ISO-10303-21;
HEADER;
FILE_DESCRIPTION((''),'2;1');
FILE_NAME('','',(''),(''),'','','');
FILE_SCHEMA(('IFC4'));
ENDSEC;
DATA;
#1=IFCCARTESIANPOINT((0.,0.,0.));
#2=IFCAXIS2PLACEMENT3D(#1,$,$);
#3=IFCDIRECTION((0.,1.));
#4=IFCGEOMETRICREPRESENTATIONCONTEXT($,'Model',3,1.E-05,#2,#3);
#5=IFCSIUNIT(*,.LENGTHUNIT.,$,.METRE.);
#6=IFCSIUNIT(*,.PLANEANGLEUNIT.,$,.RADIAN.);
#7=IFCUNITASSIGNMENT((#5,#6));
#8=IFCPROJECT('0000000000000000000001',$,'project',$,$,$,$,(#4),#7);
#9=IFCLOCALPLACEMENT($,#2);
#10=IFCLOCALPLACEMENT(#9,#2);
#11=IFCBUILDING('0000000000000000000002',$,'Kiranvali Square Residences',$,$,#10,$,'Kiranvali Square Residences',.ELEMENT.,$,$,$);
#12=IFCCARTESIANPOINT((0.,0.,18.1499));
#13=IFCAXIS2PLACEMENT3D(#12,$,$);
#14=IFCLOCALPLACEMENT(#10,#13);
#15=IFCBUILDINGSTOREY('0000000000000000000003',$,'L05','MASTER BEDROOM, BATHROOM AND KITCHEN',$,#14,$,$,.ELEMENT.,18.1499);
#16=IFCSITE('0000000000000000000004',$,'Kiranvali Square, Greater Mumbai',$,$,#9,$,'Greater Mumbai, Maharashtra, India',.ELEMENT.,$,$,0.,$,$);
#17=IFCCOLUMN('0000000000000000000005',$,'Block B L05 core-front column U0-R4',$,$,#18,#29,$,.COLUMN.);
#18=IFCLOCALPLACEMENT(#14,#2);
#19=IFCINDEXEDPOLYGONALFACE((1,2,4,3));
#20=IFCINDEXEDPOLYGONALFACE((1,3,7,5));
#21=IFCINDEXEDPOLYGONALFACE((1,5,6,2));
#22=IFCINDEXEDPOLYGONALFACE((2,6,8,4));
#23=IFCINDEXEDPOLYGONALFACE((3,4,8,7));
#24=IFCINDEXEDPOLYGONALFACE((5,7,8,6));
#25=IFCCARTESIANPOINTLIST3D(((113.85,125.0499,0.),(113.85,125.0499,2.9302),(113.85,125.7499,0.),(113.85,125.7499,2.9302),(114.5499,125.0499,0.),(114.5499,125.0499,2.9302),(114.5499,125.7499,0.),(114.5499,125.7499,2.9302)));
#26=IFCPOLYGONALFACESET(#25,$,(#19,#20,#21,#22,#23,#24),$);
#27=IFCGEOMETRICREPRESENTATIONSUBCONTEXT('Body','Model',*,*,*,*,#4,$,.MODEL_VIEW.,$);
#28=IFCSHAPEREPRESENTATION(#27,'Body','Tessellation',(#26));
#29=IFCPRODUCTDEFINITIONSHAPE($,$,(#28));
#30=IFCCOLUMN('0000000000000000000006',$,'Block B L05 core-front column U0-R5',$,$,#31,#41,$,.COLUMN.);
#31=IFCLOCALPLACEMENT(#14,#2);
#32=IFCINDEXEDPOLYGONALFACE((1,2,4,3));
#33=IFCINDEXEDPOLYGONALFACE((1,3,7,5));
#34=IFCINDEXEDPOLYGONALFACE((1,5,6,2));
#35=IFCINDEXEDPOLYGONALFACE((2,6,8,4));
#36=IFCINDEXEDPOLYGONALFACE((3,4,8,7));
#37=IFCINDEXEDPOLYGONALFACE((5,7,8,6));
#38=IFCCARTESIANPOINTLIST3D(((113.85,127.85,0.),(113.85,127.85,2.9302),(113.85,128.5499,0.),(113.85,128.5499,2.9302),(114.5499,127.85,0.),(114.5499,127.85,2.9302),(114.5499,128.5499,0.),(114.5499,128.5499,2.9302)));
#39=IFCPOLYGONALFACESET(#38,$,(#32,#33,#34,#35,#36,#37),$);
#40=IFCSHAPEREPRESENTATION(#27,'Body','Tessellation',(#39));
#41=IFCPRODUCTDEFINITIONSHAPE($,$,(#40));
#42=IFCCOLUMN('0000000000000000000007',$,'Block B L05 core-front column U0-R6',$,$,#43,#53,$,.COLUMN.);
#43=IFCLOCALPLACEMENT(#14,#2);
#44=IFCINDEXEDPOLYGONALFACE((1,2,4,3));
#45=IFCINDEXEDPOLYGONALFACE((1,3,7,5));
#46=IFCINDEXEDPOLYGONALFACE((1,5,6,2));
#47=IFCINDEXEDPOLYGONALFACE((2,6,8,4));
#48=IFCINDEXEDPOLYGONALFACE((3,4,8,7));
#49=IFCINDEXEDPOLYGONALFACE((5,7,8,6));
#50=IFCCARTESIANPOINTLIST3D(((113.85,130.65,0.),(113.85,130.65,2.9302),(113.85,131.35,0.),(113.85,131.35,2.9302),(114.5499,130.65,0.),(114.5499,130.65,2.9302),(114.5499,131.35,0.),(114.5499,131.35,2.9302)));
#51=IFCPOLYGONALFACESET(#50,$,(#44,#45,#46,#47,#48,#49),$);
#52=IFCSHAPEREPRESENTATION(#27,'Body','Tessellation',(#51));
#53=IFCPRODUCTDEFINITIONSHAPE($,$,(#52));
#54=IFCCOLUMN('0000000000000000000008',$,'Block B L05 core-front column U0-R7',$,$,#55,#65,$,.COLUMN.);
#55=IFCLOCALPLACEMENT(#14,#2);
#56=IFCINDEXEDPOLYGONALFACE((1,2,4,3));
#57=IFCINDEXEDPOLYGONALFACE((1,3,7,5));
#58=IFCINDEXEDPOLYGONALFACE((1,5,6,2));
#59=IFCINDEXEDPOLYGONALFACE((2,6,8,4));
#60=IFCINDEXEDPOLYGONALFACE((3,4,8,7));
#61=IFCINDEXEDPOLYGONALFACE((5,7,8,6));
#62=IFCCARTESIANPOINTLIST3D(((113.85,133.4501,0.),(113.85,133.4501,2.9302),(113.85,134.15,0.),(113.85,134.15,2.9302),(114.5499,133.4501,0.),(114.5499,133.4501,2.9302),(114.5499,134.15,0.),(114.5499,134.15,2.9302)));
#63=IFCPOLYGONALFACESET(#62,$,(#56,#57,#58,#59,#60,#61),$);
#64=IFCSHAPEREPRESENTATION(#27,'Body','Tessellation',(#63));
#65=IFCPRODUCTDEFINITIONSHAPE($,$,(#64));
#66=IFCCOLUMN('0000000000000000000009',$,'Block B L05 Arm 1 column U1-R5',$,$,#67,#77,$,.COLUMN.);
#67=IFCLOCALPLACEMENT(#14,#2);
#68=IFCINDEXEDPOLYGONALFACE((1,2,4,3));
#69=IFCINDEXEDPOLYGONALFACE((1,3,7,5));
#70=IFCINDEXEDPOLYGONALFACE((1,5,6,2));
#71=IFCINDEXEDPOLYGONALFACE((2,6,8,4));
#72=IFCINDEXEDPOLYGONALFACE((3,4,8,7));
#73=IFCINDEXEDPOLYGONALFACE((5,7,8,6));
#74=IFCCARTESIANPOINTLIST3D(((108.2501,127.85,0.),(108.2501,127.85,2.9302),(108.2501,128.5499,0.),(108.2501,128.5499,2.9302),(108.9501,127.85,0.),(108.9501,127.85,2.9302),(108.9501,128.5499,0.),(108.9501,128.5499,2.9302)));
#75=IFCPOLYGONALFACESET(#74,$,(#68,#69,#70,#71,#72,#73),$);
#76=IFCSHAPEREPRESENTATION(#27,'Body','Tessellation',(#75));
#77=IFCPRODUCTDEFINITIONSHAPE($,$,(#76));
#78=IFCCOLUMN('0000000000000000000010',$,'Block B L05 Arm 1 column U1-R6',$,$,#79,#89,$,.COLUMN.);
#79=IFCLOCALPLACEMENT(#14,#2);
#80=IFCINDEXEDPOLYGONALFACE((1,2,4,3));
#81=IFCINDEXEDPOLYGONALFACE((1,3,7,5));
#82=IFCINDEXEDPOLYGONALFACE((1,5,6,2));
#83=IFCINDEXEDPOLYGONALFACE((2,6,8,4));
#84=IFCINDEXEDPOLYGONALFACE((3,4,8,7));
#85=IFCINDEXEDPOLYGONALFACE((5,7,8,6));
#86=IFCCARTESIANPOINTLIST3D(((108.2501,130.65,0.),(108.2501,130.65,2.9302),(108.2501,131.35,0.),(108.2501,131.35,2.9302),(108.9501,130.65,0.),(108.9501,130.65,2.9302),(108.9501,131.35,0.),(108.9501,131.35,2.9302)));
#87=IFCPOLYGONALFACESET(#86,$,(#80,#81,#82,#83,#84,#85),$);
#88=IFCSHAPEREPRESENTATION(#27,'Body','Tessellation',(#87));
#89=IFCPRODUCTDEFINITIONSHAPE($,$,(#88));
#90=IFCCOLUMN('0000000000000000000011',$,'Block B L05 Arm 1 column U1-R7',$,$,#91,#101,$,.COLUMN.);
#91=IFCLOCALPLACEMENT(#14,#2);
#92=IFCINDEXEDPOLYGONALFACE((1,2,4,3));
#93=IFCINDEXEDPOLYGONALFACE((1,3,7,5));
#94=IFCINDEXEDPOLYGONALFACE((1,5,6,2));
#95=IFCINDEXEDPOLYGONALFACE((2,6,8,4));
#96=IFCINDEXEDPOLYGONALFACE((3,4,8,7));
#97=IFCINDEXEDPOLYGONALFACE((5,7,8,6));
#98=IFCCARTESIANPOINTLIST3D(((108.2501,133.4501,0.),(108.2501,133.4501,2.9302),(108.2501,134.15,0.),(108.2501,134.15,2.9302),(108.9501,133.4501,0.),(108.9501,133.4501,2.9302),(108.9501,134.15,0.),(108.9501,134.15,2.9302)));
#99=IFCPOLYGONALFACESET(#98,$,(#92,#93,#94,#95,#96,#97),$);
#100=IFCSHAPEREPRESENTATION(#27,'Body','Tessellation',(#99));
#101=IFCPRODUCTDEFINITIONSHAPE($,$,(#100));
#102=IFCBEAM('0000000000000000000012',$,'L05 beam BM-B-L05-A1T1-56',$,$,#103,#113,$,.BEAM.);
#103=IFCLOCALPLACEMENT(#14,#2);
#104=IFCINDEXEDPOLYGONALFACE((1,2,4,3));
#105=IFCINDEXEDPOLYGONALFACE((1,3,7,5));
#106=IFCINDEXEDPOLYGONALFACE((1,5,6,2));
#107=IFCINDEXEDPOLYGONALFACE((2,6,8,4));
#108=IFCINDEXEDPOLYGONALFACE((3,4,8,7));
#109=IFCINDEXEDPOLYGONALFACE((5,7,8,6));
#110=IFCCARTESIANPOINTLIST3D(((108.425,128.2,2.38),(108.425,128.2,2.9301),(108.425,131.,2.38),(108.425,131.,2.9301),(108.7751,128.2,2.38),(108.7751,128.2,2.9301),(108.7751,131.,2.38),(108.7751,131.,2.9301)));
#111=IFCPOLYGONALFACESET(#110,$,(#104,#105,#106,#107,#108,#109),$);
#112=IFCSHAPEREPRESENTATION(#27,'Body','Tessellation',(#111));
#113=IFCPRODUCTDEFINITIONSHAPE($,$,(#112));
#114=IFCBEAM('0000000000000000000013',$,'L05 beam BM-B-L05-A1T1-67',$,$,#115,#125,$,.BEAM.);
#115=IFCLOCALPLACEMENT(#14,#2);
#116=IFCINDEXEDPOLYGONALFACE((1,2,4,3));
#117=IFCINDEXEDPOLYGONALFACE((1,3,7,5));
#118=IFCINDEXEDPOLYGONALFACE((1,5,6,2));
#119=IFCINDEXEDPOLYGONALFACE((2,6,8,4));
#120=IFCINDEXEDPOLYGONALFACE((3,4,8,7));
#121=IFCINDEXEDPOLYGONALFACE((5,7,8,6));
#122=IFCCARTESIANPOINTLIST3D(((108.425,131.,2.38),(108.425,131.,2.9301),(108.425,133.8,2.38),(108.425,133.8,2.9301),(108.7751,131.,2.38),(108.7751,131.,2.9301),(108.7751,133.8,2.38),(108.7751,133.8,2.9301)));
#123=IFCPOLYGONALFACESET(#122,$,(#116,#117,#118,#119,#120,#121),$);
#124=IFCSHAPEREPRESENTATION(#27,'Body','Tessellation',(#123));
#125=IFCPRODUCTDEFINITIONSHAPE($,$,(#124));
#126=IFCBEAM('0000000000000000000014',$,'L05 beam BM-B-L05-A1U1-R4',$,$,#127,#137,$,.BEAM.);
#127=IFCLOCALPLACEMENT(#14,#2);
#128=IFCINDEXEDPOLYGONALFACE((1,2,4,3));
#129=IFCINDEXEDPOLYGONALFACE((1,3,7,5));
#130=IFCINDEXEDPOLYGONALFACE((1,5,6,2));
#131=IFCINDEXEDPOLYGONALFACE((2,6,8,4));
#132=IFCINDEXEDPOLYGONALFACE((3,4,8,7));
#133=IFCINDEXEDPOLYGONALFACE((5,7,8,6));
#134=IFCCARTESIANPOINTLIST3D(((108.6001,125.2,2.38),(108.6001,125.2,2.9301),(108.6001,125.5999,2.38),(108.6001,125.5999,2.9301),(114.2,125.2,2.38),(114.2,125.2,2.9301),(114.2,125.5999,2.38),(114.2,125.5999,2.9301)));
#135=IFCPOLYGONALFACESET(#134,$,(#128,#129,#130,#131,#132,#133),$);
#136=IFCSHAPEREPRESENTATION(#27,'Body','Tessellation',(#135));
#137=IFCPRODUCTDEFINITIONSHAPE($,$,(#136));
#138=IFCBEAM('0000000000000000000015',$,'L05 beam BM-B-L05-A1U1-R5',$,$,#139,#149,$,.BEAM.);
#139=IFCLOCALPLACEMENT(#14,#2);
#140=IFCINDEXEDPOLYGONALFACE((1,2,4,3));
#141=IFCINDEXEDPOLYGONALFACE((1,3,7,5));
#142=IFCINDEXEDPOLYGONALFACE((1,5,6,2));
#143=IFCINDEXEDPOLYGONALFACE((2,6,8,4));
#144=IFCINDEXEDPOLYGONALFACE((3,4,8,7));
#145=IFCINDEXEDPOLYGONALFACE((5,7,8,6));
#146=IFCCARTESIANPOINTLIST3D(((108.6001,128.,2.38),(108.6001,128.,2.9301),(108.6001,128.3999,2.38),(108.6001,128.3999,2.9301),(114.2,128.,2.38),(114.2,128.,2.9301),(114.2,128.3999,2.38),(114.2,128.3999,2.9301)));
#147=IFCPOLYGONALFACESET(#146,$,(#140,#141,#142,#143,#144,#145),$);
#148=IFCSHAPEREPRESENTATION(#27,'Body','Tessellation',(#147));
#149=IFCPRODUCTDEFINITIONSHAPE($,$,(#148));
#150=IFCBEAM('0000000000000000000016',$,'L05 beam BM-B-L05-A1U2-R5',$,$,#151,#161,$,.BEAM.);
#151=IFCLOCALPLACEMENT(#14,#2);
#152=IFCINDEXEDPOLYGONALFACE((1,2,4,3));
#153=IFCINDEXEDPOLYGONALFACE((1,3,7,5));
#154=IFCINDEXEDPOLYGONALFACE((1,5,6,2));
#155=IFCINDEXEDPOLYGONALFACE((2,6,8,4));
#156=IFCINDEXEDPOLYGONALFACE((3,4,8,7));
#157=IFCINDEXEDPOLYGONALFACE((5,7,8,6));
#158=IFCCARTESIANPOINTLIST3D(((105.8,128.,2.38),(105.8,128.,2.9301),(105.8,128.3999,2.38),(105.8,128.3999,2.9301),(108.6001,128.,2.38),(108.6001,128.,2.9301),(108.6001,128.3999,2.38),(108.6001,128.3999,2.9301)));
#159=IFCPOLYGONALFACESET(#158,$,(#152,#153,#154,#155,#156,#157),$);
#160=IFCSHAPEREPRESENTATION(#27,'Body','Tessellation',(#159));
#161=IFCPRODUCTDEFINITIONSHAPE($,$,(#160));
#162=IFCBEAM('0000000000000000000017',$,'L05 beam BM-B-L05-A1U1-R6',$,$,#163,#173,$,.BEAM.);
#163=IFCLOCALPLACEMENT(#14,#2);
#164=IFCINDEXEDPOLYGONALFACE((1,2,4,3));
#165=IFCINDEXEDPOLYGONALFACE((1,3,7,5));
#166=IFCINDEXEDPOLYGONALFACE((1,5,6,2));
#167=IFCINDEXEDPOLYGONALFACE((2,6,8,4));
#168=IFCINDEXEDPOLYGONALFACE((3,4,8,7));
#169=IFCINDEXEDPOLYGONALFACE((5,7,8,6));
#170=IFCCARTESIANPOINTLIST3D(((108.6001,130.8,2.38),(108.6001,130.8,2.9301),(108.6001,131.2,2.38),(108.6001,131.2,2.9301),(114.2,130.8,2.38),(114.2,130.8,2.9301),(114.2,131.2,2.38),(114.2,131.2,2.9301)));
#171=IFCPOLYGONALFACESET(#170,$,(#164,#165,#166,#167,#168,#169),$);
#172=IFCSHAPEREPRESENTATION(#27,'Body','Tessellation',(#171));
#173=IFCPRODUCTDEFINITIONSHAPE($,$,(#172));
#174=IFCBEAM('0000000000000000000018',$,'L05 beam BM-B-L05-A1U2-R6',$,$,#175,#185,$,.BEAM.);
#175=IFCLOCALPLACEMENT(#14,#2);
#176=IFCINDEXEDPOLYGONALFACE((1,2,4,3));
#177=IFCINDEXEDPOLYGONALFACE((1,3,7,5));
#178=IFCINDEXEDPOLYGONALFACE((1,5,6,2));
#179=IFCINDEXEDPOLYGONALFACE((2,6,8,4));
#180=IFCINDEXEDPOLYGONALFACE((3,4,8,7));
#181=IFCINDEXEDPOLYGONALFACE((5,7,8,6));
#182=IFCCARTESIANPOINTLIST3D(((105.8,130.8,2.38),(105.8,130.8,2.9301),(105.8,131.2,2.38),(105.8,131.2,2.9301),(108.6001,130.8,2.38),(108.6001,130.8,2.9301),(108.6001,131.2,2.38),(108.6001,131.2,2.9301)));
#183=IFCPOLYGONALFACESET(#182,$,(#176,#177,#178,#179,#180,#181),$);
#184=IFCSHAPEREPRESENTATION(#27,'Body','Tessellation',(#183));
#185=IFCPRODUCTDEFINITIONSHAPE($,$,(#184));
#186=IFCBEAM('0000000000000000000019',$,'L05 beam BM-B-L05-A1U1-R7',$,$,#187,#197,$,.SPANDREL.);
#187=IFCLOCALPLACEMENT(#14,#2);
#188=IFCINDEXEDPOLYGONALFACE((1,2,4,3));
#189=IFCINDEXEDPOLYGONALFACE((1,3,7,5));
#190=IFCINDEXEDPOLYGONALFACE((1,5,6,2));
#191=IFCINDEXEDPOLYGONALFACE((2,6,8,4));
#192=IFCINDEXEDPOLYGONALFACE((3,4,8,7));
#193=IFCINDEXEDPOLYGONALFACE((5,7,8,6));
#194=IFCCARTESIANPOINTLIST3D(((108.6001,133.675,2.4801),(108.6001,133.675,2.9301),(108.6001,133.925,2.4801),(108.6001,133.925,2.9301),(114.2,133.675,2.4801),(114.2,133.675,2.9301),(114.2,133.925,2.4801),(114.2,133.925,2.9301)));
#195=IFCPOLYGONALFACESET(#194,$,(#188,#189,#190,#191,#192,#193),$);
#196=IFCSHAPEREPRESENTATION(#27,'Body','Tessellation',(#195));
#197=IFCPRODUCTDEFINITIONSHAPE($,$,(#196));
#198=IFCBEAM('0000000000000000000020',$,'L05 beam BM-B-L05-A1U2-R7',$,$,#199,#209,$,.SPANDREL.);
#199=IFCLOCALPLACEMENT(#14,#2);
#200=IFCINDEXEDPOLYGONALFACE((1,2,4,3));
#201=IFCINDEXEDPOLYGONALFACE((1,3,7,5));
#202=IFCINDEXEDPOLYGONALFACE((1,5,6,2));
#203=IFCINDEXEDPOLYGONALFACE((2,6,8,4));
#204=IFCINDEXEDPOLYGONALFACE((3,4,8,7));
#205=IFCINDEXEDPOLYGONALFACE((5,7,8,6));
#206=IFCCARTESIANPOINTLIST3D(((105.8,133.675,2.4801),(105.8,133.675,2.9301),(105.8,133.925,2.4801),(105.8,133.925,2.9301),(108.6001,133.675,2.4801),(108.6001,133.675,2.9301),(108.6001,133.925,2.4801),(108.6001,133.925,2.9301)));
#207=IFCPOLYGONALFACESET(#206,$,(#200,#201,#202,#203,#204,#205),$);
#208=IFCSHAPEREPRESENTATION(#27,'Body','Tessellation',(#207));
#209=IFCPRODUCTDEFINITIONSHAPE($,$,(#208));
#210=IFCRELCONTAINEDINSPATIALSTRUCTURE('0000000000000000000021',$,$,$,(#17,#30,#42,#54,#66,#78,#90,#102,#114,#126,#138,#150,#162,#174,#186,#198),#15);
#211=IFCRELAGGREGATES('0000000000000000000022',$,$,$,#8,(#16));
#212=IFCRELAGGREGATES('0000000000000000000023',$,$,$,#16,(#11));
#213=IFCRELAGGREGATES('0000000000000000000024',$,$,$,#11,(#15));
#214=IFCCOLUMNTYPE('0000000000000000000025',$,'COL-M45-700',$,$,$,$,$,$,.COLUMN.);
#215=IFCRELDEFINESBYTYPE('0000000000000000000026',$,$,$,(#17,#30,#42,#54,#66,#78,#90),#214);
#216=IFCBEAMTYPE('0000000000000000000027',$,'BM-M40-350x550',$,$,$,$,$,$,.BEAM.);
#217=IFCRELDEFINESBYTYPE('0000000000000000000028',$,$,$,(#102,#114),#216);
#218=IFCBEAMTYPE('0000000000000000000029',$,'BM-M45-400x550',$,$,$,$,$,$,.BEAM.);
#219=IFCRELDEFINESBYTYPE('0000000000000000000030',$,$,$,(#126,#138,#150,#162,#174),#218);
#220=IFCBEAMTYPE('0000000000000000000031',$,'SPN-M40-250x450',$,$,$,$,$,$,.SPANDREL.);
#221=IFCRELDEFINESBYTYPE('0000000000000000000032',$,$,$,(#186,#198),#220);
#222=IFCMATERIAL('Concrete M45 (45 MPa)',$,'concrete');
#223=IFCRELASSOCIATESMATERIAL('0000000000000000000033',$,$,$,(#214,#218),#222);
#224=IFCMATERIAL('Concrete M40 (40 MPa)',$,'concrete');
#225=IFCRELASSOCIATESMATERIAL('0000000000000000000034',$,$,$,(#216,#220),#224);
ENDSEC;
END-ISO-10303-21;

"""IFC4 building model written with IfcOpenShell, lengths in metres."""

from ifc_helpers import new_model, si_unit, direction, frame, origin, origin_2d, place, context, subcontext, project, spatial, rectangle, extrude, material, material_profile, profile_set, type_object, element, save


model = new_model("IFC4")

# Units and contexts
model_context = context("Model", 3, precision=1e-05, world=origin(), true_north=direction((0.0, 1.0)))
body_context = subcontext(model_context, "Body", "Model", "MODEL_VIEW")
ifc_project = project(units=[si_unit("LENGTHUNIT", "METRE"), si_unit("PLANEANGLEUNIT", "RADIAN")], contexts=[model_context])

# Site, building, storey
site_placement = place(None, origin())
site = spatial("IfcSite", under=ifc_project, at=site_placement, Name="Kiranvali Square, Greater Mumbai", LongName="Greater Mumbai, Maharashtra, India", CompositionType="ELEMENT", RefElevation=0.0)
building_placement = place(site_placement, origin())
building = spatial("IfcBuilding", under=site, at=building_placement, Name="Kiranvali Square Residences", LongName="Kiranvali Square Residences", CompositionType="ELEMENT")
storey_placement = place(building_placement, frame((0.0, 0.0, 18.1499)))
storey = spatial("IfcBuildingStorey", under=building, at=storey_placement, Name="L05", Description="MASTER BEDROOM, BATHROOM AND KITCHEN", CompositionType="ELEMENT", Elevation=18.1499)

# Columns
ifc_material_1 = material(Name="Concrete M45 (45 MPa)", Category="concrete")
ifc_material_profile_1 = material_profile(ifc_material_1, rectangle(XDim=0.7, YDim=0.7, at=origin_2d()), Name="RC 700x700")
ifc_profile_set_1 = profile_set([ifc_material_profile_1], Name="Concrete M45 (45 MPa)")
column_type = type_object("IfcColumnType", Name="COL-M45-700", PredefinedType="COLUMN", material=ifc_profile_set_1)
for number, where, z_axis, x_axis, name in (
    (1, (114.2, 125.3999, 0.0), (0.0, 0.0, 1.0), (1.0, 0.0, 0.0), "Block B L05 core-front column U0-R4"),
    (2, (114.2, 128.2, 0.0), (0.0, 0.0, 1.0), (1.0, 0.0, 0.0), "Block B L05 core-front column U0-R5"),
    (3, (114.2, 131.0, 0.0), (0.0, 0.0, 1.0), (1.0, 0.0, 0.0), "Block B L05 core-front column U0-R6"),
    (4, (114.2, 133.8, 0.0), (0.0, 0.0, 1.0), (1.0, 0.0, 0.0), "Block B L05 core-front column U0-R7"),
    (5, (108.6001, 128.2, 0.0), (0.0, 0.0, 1.0), (1.0, 0.0, 0.0), "Block B L05 Arm 1 column U1-R5"),
    (6, (108.6001, 131.0, 0.0), (0.0, 0.0, 1.0), (1.0, 0.0, 0.0), "Block B L05 Arm 1 column U1-R6"),
    (7, (108.6001, 133.8, 0.0), (0.0, 0.0, 1.0), (1.0, 0.0, 0.0), "Block B L05 Arm 1 column U1-R7"),
):
    element("IfcColumn", number, at=place(storey_placement, frame(where, z_axis=z_axis, x_axis=x_axis)), inside=storey, type_object=column_type, Name=name, PredefinedType="COLUMN", context=body_context, shape_type="SweptSolid", body=[
        extrude(rectangle(XDim=0.7, YDim=0.7, at=origin_2d()), origin(), (0.0, 0.0, 1.0), 2.9302),
    ])

# Beams
ifc_material_2 = material(Name="Concrete M40 (40 MPa)", Category="concrete")
ifc_material_profile_2 = material_profile(ifc_material_2, rectangle(XDim=0.3501, YDim=0.55, at=origin_2d()), Name="RC 350x550")
ifc_profile_set_2 = profile_set([ifc_material_profile_2], Name="Concrete M40 (40 MPa)")
beam_type_1 = type_object("IfcBeamType", Name="BM-M40-350x550", PredefinedType="BEAM", material=ifc_profile_set_2)
for number, where, z_axis, x_axis, name in (
    (8, (108.6001, 128.2, 2.655), (0.0, 1.0, 0.0), (-1.0, 0.0, 0.0), "L05 beam BM-B-L05-A1T1-56"),
    (9, (108.6001, 131.0, 2.655), (0.0, 1.0, 0.0), (-1.0, 0.0, 0.0), "L05 beam BM-B-L05-A1T1-67"),
):
    element("IfcBeam", number, at=place(storey_placement, frame(where, z_axis=z_axis, x_axis=x_axis)), inside=storey, type_object=beam_type_1, Name=name, PredefinedType="BEAM", context=body_context, shape_type="SweptSolid", body=[
        extrude(rectangle(XDim=0.3501, YDim=0.55, at=origin_2d()), origin(), (0.0, 0.0, 1.0), 2.8),
    ])
ifc_material_profile_3 = material_profile(ifc_material_1, rectangle(XDim=0.3999, YDim=0.55, at=origin_2d()), Name="RC 400x550")
ifc_profile_set_3 = profile_set([ifc_material_profile_3], Name="Concrete M45 (45 MPa)")
beam_type_2 = type_object("IfcBeamType", Name="BM-M45-400x550", PredefinedType="BEAM", material=ifc_profile_set_3)
for number, where, z_axis, x_axis, name in (
    (10, (114.2, 125.3999, 2.655), (-1.0, 0.0, 0.0), (0.0, -1.0, 0.0), "L05 beam BM-B-L05-A1U1-R4"),
    (11, (114.2, 128.2, 2.655), (-1.0, 0.0, 0.0), (0.0, -1.0, 0.0), "L05 beam BM-B-L05-A1U1-R5"),
):
    element("IfcBeam", number, at=place(storey_placement, frame(where, z_axis=z_axis, x_axis=x_axis)), inside=storey, type_object=beam_type_2, Name=name, PredefinedType="BEAM", context=body_context, shape_type="SweptSolid", body=[
        extrude(rectangle(XDim=0.3999, YDim=0.55, at=origin_2d()), origin(), (0.0, 0.0, 1.0), 5.5999),
    ])
beam_1_placement = place(storey_placement, frame((108.6001, 128.2, 2.655), z_axis=(-1.0, 0.0, 0.0), x_axis=(0.0, -1.0, 0.0)))
element("IfcBeam", 12, at=beam_1_placement, inside=storey, type_object=beam_type_2, Name="L05 beam BM-B-L05-A1U2-R5", PredefinedType="BEAM", context=body_context, shape_type="SweptSolid", body=[
    extrude(rectangle(XDim=0.3999, YDim=0.55, at=origin_2d()), origin(), (0.0, 0.0, 1.0), 2.8),
])
beam_2_placement = place(storey_placement, frame((114.2, 131.0, 2.655), z_axis=(-1.0, 0.0, 0.0), x_axis=(0.0, -1.0, 0.0)))
element("IfcBeam", 13, at=beam_2_placement, inside=storey, type_object=beam_type_2, Name="L05 beam BM-B-L05-A1U1-R6", PredefinedType="BEAM", context=body_context, shape_type="SweptSolid", body=[
    extrude(rectangle(XDim=0.3999, YDim=0.55, at=origin_2d()), origin(), (0.0, 0.0, 1.0), 5.5999),
])
beam_3_placement = place(storey_placement, frame((108.6001, 131.0, 2.655), z_axis=(-1.0, 0.0, 0.0), x_axis=(0.0, -1.0, 0.0)))
element("IfcBeam", 14, at=beam_3_placement, inside=storey, type_object=beam_type_2, Name="L05 beam BM-B-L05-A1U2-R6", PredefinedType="BEAM", context=body_context, shape_type="SweptSolid", body=[
    extrude(rectangle(XDim=0.3999, YDim=0.55, at=origin_2d()), origin(), (0.0, 0.0, 1.0), 2.8),
])
ifc_material_profile_4 = material_profile(ifc_material_2, rectangle(XDim=0.25, YDim=0.45, at=origin_2d()), Name="RC 250x450")
ifc_profile_set_4 = profile_set([ifc_material_profile_4], Name="Concrete M40 (40 MPa)")
beam_type_3 = type_object("IfcBeamType", Name="SPN-M40-250x450", PredefinedType="SPANDREL", material=ifc_profile_set_4)
beam_4_placement = place(storey_placement, frame((114.2, 133.8, 2.7051), z_axis=(-1.0, 0.0, 0.0), x_axis=(0.0, -1.0, 0.0)))
element("IfcBeam", 15, at=beam_4_placement, inside=storey, type_object=beam_type_3, Name="L05 beam BM-B-L05-A1U1-R7", PredefinedType="SPANDREL", context=body_context, shape_type="SweptSolid", body=[
    extrude(rectangle(XDim=0.25, YDim=0.45, at=origin_2d()), origin(), (0.0, 0.0, 1.0), 5.5999),
])
for number, where, z_axis, x_axis, name in (
    (16, (108.6001, 133.8, 2.7051), (-1.0, 0.0, 0.0), (0.0, -1.0, 0.0), "L05 beam BM-B-L05-A1U2-R7"),
):
    element("IfcBeam", number, at=place(storey_placement, frame(where, z_axis=z_axis, x_axis=x_axis)), inside=storey, type_object=beam_type_3, Name=name, PredefinedType="SPANDREL", context=body_context, shape_type="SweptSolid", body=[
        extrude(rectangle(XDim=0.25, YDim=0.45, at=origin_2d()), origin(), (0.0, 0.0, 1.0), 2.8),
    ])

save(model, "model.ifc")
